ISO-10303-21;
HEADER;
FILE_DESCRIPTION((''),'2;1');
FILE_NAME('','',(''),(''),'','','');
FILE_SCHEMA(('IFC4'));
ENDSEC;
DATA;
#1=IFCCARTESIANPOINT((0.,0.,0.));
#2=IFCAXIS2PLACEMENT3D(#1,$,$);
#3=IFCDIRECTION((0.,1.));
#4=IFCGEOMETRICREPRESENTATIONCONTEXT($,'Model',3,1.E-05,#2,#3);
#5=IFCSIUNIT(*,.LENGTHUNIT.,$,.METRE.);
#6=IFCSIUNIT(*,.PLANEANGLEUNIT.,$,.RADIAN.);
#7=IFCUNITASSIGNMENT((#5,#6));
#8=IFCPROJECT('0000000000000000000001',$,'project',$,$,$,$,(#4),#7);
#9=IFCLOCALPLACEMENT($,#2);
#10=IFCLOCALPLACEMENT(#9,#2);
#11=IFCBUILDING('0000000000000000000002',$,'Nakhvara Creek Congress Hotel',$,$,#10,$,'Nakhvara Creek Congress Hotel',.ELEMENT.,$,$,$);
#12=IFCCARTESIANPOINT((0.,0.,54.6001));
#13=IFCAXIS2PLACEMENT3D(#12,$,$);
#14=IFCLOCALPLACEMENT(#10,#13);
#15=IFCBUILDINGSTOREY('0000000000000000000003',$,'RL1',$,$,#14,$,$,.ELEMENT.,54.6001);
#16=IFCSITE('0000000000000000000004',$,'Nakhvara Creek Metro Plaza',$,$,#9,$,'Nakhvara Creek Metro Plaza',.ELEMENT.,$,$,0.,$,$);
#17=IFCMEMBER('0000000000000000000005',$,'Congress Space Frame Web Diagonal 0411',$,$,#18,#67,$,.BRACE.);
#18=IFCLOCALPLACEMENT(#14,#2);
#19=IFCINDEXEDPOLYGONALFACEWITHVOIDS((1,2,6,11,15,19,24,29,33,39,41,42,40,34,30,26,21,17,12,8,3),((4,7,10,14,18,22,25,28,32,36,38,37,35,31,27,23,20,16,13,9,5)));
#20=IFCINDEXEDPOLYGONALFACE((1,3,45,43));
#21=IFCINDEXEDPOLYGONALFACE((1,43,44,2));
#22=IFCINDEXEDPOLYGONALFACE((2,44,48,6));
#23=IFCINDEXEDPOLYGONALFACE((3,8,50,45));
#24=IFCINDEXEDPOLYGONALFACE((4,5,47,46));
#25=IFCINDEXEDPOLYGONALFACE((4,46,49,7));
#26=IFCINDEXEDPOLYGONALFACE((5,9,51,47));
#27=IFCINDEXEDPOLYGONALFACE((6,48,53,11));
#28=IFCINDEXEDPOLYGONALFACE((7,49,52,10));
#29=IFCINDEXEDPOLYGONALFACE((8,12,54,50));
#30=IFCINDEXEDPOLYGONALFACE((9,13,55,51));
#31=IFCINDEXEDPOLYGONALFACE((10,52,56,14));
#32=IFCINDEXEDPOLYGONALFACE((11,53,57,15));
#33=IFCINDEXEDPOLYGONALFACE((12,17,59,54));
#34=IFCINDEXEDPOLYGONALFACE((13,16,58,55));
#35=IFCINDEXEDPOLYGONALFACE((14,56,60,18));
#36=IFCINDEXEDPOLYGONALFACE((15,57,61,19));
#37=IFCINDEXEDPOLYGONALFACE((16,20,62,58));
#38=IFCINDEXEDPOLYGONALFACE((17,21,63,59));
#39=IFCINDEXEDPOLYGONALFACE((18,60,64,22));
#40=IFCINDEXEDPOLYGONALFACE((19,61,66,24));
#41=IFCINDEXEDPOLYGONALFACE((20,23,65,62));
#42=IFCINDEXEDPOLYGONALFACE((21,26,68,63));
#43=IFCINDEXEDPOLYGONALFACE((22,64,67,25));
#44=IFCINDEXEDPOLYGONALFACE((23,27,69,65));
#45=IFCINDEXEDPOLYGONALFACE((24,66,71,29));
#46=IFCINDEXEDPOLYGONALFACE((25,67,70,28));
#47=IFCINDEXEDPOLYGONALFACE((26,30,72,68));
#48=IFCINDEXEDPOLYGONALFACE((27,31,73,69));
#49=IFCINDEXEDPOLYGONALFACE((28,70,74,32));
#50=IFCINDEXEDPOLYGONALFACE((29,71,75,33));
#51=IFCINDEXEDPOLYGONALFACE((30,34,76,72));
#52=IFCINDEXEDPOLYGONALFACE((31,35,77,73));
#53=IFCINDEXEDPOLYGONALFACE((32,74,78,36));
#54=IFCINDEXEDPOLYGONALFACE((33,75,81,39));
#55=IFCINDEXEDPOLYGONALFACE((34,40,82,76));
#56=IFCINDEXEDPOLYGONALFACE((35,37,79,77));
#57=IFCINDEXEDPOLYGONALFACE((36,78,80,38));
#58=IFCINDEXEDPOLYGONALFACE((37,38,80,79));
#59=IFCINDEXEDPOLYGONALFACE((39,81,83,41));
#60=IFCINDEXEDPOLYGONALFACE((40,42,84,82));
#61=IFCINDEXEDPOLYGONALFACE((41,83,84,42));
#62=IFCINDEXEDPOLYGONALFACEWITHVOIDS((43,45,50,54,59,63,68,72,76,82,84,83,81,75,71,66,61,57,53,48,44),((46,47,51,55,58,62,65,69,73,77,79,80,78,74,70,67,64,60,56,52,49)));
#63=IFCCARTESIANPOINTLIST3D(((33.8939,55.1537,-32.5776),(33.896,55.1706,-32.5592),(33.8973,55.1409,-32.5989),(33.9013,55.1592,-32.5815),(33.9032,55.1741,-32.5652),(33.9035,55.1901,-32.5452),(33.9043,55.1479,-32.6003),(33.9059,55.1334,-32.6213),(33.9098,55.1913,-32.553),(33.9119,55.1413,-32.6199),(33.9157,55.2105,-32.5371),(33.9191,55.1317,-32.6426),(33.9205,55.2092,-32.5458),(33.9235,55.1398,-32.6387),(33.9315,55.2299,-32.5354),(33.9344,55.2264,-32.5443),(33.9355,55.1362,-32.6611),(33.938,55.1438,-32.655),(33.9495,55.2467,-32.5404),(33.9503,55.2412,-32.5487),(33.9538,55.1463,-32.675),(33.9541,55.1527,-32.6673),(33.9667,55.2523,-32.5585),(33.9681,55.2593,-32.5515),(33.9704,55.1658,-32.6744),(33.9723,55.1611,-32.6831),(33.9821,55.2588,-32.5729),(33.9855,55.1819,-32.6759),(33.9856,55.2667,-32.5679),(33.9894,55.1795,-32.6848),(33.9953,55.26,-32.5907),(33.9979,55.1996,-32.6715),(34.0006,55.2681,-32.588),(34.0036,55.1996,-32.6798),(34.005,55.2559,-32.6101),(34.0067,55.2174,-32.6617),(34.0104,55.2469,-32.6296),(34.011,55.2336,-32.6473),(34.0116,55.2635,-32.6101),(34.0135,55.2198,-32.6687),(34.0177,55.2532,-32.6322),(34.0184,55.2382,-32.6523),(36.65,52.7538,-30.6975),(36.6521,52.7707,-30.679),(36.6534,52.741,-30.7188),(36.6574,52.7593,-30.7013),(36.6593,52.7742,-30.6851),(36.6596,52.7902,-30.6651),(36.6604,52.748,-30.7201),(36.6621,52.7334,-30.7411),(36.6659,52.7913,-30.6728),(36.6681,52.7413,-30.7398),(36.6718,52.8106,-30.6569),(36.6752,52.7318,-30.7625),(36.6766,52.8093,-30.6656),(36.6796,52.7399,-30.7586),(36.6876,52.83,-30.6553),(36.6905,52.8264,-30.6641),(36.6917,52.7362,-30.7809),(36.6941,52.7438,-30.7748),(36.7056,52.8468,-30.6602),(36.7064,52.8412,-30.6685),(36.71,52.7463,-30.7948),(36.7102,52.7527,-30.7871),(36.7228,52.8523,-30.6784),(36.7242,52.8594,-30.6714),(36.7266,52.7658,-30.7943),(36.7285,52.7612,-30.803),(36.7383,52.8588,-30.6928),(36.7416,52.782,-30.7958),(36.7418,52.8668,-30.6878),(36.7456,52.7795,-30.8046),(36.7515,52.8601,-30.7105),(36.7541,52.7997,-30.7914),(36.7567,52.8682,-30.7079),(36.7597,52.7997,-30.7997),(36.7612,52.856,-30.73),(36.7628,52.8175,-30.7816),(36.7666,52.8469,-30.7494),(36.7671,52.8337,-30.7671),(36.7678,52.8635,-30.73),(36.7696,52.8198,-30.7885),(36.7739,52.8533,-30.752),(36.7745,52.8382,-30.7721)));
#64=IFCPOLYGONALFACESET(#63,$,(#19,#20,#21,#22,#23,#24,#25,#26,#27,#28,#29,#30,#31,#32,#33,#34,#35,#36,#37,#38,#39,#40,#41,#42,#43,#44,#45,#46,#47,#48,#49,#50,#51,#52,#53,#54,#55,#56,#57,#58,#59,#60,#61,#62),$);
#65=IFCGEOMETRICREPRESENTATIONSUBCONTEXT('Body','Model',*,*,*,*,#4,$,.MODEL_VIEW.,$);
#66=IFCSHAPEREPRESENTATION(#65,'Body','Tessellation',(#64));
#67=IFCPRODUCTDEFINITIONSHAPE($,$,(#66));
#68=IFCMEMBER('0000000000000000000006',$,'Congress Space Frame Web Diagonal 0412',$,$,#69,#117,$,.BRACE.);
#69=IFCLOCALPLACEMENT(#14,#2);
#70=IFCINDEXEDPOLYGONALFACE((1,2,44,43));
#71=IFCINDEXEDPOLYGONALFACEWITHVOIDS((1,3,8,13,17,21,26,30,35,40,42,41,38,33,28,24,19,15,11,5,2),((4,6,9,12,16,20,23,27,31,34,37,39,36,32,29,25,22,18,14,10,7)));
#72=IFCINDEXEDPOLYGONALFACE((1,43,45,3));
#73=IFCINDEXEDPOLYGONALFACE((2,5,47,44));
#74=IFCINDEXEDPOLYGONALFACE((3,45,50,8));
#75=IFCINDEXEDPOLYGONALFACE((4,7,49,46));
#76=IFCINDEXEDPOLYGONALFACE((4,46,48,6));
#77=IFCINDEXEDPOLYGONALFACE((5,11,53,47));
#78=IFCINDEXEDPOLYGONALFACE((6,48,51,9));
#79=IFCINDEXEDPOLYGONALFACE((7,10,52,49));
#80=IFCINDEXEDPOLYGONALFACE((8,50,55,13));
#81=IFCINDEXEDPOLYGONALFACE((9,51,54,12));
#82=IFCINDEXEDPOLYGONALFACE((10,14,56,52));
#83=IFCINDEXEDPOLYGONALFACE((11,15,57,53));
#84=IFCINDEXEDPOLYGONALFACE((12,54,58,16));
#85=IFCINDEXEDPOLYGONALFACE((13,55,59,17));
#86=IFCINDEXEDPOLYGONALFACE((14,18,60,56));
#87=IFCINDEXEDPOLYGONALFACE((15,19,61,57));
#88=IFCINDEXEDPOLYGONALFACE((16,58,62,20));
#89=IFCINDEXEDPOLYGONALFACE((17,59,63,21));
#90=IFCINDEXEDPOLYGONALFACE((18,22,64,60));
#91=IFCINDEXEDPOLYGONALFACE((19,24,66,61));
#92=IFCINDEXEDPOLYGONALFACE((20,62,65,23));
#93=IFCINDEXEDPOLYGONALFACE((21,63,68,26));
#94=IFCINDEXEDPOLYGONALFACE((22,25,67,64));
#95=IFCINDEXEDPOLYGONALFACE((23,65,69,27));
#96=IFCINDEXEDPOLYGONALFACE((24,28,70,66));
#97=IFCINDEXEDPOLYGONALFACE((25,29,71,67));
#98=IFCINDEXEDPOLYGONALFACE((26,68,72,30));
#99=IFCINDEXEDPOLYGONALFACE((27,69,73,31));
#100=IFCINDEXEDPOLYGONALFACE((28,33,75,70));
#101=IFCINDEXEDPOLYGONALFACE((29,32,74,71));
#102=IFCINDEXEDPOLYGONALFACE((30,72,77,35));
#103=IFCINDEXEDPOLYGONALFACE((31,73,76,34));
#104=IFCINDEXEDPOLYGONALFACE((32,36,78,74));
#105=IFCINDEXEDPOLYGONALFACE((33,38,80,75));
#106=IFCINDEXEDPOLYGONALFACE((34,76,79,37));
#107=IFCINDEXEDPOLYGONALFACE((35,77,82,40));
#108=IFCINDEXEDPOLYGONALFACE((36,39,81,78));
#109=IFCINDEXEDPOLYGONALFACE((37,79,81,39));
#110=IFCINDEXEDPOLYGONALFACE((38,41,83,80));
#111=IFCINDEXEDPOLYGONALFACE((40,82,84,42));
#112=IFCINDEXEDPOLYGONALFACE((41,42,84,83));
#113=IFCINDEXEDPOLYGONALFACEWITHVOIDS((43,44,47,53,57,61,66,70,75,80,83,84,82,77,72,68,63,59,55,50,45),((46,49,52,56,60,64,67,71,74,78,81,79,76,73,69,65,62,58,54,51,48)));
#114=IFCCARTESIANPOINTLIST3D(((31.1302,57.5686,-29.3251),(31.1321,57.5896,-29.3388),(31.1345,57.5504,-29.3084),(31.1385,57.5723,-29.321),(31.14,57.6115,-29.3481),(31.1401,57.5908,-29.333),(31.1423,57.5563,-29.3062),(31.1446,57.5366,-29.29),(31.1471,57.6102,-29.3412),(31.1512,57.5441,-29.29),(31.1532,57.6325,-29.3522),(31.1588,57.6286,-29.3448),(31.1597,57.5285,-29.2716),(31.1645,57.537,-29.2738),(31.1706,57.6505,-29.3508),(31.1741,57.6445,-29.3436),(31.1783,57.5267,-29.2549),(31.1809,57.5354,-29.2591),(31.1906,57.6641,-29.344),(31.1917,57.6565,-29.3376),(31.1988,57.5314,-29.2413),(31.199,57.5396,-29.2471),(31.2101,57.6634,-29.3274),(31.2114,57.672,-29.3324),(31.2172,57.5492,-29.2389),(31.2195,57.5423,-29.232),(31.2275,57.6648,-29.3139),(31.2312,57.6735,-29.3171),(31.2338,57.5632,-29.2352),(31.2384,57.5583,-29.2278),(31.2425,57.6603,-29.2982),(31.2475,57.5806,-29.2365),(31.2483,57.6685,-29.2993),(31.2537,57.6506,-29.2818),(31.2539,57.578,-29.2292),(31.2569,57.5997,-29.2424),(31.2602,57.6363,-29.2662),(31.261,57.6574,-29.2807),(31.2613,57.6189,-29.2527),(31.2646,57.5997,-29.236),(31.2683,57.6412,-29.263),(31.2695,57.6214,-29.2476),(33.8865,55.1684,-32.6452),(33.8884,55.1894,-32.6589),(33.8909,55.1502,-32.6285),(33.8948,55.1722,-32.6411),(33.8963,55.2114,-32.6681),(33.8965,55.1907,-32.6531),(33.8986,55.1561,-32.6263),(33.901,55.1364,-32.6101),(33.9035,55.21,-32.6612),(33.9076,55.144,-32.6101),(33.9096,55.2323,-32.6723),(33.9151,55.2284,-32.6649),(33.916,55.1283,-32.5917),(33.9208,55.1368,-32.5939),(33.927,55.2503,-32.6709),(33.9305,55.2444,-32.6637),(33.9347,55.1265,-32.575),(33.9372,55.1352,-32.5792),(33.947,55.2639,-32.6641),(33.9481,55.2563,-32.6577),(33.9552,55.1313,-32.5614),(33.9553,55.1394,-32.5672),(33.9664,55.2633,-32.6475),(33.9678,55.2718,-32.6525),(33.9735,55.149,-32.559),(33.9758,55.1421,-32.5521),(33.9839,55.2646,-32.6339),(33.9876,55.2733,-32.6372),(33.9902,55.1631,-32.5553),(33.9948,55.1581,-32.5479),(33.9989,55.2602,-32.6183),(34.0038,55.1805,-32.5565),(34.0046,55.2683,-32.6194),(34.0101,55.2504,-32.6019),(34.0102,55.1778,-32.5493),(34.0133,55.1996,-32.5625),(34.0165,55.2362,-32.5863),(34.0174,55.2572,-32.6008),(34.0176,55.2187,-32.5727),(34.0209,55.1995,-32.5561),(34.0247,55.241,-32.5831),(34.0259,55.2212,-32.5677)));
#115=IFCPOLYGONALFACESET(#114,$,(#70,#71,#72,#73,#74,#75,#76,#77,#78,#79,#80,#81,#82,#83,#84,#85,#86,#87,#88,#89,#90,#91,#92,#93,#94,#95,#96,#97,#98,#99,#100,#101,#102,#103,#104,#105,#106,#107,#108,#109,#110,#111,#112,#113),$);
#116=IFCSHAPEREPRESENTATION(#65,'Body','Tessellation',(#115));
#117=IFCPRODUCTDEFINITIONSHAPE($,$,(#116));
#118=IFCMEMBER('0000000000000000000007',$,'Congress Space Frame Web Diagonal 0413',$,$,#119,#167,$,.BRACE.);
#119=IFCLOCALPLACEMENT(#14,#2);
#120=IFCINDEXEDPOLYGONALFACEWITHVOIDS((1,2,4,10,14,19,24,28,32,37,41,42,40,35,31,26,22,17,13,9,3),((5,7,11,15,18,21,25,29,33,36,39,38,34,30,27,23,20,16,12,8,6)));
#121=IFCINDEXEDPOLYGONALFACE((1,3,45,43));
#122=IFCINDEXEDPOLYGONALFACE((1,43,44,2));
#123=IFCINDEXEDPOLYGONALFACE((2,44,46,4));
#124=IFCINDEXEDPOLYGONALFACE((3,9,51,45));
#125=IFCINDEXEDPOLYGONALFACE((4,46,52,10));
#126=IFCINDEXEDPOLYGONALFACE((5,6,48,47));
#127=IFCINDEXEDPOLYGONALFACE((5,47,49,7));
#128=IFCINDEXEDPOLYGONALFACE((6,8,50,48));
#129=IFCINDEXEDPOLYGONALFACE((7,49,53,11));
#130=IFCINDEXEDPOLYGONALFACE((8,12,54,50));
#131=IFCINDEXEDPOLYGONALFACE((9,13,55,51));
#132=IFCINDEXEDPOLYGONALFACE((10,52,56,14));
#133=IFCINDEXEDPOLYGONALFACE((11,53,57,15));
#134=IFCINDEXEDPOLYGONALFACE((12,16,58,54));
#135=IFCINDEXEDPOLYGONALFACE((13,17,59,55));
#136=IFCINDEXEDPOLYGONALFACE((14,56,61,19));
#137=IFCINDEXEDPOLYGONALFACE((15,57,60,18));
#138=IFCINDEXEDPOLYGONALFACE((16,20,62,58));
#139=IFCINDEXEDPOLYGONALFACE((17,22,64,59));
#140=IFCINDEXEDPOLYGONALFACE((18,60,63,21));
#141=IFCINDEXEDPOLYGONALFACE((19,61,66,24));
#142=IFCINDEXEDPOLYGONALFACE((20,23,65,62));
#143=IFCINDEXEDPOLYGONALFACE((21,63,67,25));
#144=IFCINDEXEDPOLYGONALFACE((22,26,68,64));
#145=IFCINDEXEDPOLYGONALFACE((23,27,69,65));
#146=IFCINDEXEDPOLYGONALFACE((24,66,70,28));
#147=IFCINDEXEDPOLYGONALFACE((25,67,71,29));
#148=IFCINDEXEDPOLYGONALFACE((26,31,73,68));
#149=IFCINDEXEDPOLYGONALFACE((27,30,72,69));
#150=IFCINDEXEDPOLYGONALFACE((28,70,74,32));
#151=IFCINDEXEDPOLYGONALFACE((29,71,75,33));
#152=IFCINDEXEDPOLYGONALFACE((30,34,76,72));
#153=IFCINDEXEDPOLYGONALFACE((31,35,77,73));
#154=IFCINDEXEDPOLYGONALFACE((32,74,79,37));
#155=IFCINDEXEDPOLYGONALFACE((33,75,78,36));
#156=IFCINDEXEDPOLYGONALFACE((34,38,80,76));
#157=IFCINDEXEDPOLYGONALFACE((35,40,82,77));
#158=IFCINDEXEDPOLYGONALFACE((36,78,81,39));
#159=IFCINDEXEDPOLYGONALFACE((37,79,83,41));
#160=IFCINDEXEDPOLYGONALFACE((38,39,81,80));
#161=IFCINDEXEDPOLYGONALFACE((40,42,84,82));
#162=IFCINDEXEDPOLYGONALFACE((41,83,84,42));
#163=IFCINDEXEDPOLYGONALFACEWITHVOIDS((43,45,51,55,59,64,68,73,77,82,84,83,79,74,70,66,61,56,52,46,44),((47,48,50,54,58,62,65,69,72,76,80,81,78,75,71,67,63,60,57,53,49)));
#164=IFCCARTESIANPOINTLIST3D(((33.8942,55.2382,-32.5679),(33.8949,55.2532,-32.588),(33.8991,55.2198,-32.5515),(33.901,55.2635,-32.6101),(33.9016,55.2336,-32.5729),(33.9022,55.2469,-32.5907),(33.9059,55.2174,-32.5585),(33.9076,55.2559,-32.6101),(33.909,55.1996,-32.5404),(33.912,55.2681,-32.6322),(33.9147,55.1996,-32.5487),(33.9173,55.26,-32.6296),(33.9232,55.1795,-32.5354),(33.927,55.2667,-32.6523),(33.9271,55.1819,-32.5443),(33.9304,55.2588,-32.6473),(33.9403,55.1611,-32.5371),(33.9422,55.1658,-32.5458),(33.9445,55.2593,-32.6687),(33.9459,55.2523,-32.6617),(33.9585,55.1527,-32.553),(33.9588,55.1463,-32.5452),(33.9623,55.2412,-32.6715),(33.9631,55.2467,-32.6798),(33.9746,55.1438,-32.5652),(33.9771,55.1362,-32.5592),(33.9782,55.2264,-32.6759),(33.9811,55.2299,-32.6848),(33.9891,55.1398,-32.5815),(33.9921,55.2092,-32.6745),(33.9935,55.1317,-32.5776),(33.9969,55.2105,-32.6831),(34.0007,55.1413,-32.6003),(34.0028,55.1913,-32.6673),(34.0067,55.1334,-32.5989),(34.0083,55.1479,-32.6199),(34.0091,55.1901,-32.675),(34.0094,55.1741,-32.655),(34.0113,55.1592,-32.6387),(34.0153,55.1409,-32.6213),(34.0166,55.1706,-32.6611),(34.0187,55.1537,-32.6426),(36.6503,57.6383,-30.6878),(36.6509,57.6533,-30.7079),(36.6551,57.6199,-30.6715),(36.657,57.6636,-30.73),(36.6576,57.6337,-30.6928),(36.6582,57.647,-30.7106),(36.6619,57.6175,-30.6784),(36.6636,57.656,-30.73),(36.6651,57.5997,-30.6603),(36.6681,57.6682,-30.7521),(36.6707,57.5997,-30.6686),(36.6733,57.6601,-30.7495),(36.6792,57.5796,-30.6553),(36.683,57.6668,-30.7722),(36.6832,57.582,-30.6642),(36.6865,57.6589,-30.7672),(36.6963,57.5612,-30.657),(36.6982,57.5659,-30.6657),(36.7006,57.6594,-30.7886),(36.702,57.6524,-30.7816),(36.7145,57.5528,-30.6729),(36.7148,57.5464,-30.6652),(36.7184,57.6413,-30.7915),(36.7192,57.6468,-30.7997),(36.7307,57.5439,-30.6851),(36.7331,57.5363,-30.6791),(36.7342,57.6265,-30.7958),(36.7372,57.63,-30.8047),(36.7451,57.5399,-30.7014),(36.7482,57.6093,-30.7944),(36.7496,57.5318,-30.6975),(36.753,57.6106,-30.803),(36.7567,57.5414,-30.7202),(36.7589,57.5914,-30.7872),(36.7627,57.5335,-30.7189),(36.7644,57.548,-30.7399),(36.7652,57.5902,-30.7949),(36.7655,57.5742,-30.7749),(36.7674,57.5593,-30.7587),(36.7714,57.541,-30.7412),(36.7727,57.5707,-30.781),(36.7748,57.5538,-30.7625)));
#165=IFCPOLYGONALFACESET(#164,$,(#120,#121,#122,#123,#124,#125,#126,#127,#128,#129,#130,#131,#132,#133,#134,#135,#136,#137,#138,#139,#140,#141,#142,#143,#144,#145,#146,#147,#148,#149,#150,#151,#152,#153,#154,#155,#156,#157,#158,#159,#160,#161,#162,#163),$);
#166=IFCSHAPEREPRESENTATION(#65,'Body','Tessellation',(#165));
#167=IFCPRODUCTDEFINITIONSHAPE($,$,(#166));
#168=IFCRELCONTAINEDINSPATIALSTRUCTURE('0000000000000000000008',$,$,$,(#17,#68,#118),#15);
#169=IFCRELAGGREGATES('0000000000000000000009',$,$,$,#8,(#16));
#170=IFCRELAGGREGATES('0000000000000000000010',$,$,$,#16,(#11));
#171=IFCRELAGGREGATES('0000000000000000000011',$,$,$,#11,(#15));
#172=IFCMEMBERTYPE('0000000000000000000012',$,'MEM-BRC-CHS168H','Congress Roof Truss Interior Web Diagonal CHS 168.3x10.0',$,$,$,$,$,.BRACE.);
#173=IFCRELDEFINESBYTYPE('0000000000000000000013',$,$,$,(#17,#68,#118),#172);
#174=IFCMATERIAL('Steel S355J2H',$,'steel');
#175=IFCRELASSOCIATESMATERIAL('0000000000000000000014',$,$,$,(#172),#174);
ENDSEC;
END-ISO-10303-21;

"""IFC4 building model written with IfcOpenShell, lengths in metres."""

from ifc_helpers import new_model, si_unit, direction, frame, origin, origin_2d, place, context, subcontext, project, spatial, hollow_circle, extrude, material, material_profile, profile_set, type_object, element, save


model = new_model("IFC4")

# Units and contexts
model_context = context("Model", 3, precision=1e-05, world=origin(), true_north=direction((0.0, 1.0)))
body_context = subcontext(model_context, "Body", "Model", "MODEL_VIEW")
ifc_project = project(units=[si_unit("LENGTHUNIT", "METRE"), si_unit("PLANEANGLEUNIT", "RADIAN")], contexts=[model_context])

# Site, building, storey
site_placement = place(None, origin())
site = spatial("IfcSite", under=ifc_project, at=site_placement, Name="Nakhvara Creek Metro Plaza", LongName="Nakhvara Creek Metro Plaza", CompositionType="ELEMENT", RefElevation=0.0)
building_placement = place(site_placement, origin())
building = spatial("IfcBuilding", under=site, at=building_placement, Name="Nakhvara Creek Congress Hotel", LongName="Nakhvara Creek Congress Hotel", CompositionType="ELEMENT")
storey_placement = place(building_placement, frame((0.0, 0.0, 54.6001)))
storey = spatial("IfcBuildingStorey", under=building, at=storey_placement, Name="RL1", CompositionType="ELEMENT", Elevation=54.6001)

# Members
ifc_material_1 = material(Name="Steel S355J2H", Category="steel")
ifc_material_profile_1 = material_profile(ifc_material_1, hollow_circle(Radius=0.0842, WallThickness=0.01, at=origin_2d()), Name="CHS 168.3x10.0", Category="LoadBearing")
ifc_profile_set_1 = profile_set([ifc_material_profile_1], Name="Steel S355J2H")
member_type_1 = type_object("IfcMemberType", Name="MEM-BRC-CHS168H", Description="Congress Roof Truss Interior Web Diagonal CHS 168.3x10.0", PredefinedType="BRACE", material=ifc_profile_set_1)
member_1_placement = place(storey_placement, frame((33.9563, 55.2, -32.6101), z_axis=(0.670616, -0.583945, 0.457473), x_axis=(0.656691, 0.75416, 0.0)))
element("IfcMember", 1, at=member_1_placement, inside=storey, type_object=member_type_1, Name="Congress Space Frame Web Diagonal 0411", PredefinedType="BRACE", context=body_context, shape_type="SweptSolid", body=[
    extrude(hollow_circle(Radius=0.0842, WallThickness=0.01, at=origin_2d()), origin(), (0.0, 0.0, 1.0), 4.1099),
])
member_2_placement = place(storey_placement, frame((33.9563, 55.2, -32.6101), z_axis=(-0.558224, 0.486085, 0.67239), x_axis=(-0.656696, -0.754155, 0.0)))
element("IfcMember", 2, at=member_2_placement, inside=storey, type_object=member_type_1, Name="Congress Space Frame Web Diagonal 0412", PredefinedType="BRACE", context=body_context, shape_type="SweptSolid", body=[
    extrude(hollow_circle(Radius=0.0842, WallThickness=0.01, at=origin_2d()), origin(), (0.0, 0.0, 1.0), 4.9377),
])
member_3_placement = place(storey_placement, frame((33.9563, 55.2, -32.6101), z_axis=(0.670593, 0.583984, 0.457457), x_axis=(-0.656729, 0.754126, 0.0)))
element("IfcMember", 3, at=member_3_placement, inside=storey, type_object=member_type_1, Name="Congress Space Frame Web Diagonal 0413", PredefinedType="BRACE", context=body_context, shape_type="SweptSolid", body=[
    extrude(hollow_circle(Radius=0.0842, WallThickness=0.01, at=origin_2d()), origin(), (0.0, 0.0, 1.0), 4.1099),
])

save(model, "model.ifc")
